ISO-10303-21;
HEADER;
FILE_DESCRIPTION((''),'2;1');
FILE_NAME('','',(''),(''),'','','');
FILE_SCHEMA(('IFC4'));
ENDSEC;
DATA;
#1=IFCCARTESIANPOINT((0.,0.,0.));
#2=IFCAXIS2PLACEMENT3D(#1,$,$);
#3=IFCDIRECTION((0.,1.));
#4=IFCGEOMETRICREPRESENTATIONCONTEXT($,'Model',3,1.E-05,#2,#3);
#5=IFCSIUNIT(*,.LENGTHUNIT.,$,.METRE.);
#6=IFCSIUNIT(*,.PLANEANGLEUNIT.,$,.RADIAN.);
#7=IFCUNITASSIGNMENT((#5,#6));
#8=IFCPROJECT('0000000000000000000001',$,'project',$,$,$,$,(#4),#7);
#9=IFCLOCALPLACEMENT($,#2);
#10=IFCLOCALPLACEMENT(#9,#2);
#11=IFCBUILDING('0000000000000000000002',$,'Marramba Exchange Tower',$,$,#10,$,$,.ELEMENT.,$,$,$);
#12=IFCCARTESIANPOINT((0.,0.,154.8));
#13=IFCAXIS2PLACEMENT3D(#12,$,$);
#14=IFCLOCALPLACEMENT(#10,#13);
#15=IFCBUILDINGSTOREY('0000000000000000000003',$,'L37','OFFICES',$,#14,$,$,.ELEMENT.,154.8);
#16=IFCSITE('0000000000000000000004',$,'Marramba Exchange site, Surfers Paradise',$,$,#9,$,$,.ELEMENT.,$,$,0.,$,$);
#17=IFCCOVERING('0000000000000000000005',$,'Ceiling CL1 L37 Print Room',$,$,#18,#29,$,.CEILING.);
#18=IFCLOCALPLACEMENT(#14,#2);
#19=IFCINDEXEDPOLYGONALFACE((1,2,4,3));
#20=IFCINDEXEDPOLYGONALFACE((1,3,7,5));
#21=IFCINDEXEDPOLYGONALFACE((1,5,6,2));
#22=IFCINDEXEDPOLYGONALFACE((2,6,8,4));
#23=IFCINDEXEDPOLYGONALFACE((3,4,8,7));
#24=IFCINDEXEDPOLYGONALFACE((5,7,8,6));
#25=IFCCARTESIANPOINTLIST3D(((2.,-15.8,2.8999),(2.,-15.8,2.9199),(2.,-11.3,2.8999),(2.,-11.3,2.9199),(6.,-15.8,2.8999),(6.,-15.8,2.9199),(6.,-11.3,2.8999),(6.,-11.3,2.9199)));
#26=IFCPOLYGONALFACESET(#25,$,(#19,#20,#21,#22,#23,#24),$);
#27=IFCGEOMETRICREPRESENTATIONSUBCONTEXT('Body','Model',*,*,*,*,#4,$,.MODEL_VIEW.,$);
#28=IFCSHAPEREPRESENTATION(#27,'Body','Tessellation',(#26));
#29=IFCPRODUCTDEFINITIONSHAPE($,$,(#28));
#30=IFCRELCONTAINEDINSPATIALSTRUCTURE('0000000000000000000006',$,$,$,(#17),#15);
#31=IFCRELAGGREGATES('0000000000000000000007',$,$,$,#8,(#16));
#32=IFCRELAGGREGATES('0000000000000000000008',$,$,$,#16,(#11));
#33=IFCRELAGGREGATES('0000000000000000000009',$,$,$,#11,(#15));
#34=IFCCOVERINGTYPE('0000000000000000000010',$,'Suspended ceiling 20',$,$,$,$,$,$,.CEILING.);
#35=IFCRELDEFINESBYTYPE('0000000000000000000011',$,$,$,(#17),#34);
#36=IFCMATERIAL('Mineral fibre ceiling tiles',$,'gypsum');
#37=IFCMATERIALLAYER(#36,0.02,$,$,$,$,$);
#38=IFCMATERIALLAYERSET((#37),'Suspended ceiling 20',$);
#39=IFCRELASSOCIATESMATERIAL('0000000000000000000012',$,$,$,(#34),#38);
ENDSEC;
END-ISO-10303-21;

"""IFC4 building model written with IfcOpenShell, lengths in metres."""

from ifc_helpers import new_model, si_unit, direction, frame, origin, place, context, subcontext, project, spatial, polyline, outline, extrude, material, layer, layer_set, type_object, element, save


model = new_model("IFC4")

# Units and contexts
model_context = context("Model", 3, precision=1e-05, world=origin(), true_north=direction((0.0, 1.0)))
body_context = subcontext(model_context, "Body", "Model", "MODEL_VIEW")
ifc_project = project(units=[si_unit("LENGTHUNIT", "METRE"), si_unit("PLANEANGLEUNIT", "RADIAN")], contexts=[model_context])

# Site, building, storey
site_placement = place(None, origin())
site = spatial("IfcSite", under=ifc_project, at=site_placement, Name="Marramba Exchange site, Surfers Paradise", CompositionType="ELEMENT", RefElevation=0.0)
building_placement = place(site_placement, origin())
building = spatial("IfcBuilding", under=site, at=building_placement, Name="Marramba Exchange Tower", CompositionType="ELEMENT")
storey_placement = place(building_placement, frame((0.0, 0.0, 154.8)))
storey = spatial("IfcBuildingStorey", under=building, at=storey_placement, Name="L37", Description="OFFICES", CompositionType="ELEMENT", Elevation=154.8)

# Covering
ifc_material_1 = material(Name="Mineral fibre ceiling tiles", Category="gypsum")
ifc_layer_1 = layer(ifc_material_1, 0.02)
ifc_layer_set_1 = layer_set([ifc_layer_1], Name="Suspended ceiling 20")
covering_type = type_object("IfcCoveringType", Name="Suspended ceiling 20", PredefinedType="CEILING", material=ifc_layer_set_1)
covering_1_placement = place(storey_placement, frame((0.0, 0.0, 2.8999)))
element("IfcCovering", 1, at=covering_1_placement, inside=storey, type_object=covering_type, Name="Ceiling CL1 L37 Print Room", PredefinedType="CEILING", context=body_context, shape_type="SweptSolid", body=[
    extrude(outline(polyline([(6.0, -15.8), (2.0, -15.8), (2.0, -11.3), (6.0, -11.3), (6.0, -15.8)])), origin(), (0.0, 0.0, 1.0), 0.02),
])

save(model, "model.ifc")
